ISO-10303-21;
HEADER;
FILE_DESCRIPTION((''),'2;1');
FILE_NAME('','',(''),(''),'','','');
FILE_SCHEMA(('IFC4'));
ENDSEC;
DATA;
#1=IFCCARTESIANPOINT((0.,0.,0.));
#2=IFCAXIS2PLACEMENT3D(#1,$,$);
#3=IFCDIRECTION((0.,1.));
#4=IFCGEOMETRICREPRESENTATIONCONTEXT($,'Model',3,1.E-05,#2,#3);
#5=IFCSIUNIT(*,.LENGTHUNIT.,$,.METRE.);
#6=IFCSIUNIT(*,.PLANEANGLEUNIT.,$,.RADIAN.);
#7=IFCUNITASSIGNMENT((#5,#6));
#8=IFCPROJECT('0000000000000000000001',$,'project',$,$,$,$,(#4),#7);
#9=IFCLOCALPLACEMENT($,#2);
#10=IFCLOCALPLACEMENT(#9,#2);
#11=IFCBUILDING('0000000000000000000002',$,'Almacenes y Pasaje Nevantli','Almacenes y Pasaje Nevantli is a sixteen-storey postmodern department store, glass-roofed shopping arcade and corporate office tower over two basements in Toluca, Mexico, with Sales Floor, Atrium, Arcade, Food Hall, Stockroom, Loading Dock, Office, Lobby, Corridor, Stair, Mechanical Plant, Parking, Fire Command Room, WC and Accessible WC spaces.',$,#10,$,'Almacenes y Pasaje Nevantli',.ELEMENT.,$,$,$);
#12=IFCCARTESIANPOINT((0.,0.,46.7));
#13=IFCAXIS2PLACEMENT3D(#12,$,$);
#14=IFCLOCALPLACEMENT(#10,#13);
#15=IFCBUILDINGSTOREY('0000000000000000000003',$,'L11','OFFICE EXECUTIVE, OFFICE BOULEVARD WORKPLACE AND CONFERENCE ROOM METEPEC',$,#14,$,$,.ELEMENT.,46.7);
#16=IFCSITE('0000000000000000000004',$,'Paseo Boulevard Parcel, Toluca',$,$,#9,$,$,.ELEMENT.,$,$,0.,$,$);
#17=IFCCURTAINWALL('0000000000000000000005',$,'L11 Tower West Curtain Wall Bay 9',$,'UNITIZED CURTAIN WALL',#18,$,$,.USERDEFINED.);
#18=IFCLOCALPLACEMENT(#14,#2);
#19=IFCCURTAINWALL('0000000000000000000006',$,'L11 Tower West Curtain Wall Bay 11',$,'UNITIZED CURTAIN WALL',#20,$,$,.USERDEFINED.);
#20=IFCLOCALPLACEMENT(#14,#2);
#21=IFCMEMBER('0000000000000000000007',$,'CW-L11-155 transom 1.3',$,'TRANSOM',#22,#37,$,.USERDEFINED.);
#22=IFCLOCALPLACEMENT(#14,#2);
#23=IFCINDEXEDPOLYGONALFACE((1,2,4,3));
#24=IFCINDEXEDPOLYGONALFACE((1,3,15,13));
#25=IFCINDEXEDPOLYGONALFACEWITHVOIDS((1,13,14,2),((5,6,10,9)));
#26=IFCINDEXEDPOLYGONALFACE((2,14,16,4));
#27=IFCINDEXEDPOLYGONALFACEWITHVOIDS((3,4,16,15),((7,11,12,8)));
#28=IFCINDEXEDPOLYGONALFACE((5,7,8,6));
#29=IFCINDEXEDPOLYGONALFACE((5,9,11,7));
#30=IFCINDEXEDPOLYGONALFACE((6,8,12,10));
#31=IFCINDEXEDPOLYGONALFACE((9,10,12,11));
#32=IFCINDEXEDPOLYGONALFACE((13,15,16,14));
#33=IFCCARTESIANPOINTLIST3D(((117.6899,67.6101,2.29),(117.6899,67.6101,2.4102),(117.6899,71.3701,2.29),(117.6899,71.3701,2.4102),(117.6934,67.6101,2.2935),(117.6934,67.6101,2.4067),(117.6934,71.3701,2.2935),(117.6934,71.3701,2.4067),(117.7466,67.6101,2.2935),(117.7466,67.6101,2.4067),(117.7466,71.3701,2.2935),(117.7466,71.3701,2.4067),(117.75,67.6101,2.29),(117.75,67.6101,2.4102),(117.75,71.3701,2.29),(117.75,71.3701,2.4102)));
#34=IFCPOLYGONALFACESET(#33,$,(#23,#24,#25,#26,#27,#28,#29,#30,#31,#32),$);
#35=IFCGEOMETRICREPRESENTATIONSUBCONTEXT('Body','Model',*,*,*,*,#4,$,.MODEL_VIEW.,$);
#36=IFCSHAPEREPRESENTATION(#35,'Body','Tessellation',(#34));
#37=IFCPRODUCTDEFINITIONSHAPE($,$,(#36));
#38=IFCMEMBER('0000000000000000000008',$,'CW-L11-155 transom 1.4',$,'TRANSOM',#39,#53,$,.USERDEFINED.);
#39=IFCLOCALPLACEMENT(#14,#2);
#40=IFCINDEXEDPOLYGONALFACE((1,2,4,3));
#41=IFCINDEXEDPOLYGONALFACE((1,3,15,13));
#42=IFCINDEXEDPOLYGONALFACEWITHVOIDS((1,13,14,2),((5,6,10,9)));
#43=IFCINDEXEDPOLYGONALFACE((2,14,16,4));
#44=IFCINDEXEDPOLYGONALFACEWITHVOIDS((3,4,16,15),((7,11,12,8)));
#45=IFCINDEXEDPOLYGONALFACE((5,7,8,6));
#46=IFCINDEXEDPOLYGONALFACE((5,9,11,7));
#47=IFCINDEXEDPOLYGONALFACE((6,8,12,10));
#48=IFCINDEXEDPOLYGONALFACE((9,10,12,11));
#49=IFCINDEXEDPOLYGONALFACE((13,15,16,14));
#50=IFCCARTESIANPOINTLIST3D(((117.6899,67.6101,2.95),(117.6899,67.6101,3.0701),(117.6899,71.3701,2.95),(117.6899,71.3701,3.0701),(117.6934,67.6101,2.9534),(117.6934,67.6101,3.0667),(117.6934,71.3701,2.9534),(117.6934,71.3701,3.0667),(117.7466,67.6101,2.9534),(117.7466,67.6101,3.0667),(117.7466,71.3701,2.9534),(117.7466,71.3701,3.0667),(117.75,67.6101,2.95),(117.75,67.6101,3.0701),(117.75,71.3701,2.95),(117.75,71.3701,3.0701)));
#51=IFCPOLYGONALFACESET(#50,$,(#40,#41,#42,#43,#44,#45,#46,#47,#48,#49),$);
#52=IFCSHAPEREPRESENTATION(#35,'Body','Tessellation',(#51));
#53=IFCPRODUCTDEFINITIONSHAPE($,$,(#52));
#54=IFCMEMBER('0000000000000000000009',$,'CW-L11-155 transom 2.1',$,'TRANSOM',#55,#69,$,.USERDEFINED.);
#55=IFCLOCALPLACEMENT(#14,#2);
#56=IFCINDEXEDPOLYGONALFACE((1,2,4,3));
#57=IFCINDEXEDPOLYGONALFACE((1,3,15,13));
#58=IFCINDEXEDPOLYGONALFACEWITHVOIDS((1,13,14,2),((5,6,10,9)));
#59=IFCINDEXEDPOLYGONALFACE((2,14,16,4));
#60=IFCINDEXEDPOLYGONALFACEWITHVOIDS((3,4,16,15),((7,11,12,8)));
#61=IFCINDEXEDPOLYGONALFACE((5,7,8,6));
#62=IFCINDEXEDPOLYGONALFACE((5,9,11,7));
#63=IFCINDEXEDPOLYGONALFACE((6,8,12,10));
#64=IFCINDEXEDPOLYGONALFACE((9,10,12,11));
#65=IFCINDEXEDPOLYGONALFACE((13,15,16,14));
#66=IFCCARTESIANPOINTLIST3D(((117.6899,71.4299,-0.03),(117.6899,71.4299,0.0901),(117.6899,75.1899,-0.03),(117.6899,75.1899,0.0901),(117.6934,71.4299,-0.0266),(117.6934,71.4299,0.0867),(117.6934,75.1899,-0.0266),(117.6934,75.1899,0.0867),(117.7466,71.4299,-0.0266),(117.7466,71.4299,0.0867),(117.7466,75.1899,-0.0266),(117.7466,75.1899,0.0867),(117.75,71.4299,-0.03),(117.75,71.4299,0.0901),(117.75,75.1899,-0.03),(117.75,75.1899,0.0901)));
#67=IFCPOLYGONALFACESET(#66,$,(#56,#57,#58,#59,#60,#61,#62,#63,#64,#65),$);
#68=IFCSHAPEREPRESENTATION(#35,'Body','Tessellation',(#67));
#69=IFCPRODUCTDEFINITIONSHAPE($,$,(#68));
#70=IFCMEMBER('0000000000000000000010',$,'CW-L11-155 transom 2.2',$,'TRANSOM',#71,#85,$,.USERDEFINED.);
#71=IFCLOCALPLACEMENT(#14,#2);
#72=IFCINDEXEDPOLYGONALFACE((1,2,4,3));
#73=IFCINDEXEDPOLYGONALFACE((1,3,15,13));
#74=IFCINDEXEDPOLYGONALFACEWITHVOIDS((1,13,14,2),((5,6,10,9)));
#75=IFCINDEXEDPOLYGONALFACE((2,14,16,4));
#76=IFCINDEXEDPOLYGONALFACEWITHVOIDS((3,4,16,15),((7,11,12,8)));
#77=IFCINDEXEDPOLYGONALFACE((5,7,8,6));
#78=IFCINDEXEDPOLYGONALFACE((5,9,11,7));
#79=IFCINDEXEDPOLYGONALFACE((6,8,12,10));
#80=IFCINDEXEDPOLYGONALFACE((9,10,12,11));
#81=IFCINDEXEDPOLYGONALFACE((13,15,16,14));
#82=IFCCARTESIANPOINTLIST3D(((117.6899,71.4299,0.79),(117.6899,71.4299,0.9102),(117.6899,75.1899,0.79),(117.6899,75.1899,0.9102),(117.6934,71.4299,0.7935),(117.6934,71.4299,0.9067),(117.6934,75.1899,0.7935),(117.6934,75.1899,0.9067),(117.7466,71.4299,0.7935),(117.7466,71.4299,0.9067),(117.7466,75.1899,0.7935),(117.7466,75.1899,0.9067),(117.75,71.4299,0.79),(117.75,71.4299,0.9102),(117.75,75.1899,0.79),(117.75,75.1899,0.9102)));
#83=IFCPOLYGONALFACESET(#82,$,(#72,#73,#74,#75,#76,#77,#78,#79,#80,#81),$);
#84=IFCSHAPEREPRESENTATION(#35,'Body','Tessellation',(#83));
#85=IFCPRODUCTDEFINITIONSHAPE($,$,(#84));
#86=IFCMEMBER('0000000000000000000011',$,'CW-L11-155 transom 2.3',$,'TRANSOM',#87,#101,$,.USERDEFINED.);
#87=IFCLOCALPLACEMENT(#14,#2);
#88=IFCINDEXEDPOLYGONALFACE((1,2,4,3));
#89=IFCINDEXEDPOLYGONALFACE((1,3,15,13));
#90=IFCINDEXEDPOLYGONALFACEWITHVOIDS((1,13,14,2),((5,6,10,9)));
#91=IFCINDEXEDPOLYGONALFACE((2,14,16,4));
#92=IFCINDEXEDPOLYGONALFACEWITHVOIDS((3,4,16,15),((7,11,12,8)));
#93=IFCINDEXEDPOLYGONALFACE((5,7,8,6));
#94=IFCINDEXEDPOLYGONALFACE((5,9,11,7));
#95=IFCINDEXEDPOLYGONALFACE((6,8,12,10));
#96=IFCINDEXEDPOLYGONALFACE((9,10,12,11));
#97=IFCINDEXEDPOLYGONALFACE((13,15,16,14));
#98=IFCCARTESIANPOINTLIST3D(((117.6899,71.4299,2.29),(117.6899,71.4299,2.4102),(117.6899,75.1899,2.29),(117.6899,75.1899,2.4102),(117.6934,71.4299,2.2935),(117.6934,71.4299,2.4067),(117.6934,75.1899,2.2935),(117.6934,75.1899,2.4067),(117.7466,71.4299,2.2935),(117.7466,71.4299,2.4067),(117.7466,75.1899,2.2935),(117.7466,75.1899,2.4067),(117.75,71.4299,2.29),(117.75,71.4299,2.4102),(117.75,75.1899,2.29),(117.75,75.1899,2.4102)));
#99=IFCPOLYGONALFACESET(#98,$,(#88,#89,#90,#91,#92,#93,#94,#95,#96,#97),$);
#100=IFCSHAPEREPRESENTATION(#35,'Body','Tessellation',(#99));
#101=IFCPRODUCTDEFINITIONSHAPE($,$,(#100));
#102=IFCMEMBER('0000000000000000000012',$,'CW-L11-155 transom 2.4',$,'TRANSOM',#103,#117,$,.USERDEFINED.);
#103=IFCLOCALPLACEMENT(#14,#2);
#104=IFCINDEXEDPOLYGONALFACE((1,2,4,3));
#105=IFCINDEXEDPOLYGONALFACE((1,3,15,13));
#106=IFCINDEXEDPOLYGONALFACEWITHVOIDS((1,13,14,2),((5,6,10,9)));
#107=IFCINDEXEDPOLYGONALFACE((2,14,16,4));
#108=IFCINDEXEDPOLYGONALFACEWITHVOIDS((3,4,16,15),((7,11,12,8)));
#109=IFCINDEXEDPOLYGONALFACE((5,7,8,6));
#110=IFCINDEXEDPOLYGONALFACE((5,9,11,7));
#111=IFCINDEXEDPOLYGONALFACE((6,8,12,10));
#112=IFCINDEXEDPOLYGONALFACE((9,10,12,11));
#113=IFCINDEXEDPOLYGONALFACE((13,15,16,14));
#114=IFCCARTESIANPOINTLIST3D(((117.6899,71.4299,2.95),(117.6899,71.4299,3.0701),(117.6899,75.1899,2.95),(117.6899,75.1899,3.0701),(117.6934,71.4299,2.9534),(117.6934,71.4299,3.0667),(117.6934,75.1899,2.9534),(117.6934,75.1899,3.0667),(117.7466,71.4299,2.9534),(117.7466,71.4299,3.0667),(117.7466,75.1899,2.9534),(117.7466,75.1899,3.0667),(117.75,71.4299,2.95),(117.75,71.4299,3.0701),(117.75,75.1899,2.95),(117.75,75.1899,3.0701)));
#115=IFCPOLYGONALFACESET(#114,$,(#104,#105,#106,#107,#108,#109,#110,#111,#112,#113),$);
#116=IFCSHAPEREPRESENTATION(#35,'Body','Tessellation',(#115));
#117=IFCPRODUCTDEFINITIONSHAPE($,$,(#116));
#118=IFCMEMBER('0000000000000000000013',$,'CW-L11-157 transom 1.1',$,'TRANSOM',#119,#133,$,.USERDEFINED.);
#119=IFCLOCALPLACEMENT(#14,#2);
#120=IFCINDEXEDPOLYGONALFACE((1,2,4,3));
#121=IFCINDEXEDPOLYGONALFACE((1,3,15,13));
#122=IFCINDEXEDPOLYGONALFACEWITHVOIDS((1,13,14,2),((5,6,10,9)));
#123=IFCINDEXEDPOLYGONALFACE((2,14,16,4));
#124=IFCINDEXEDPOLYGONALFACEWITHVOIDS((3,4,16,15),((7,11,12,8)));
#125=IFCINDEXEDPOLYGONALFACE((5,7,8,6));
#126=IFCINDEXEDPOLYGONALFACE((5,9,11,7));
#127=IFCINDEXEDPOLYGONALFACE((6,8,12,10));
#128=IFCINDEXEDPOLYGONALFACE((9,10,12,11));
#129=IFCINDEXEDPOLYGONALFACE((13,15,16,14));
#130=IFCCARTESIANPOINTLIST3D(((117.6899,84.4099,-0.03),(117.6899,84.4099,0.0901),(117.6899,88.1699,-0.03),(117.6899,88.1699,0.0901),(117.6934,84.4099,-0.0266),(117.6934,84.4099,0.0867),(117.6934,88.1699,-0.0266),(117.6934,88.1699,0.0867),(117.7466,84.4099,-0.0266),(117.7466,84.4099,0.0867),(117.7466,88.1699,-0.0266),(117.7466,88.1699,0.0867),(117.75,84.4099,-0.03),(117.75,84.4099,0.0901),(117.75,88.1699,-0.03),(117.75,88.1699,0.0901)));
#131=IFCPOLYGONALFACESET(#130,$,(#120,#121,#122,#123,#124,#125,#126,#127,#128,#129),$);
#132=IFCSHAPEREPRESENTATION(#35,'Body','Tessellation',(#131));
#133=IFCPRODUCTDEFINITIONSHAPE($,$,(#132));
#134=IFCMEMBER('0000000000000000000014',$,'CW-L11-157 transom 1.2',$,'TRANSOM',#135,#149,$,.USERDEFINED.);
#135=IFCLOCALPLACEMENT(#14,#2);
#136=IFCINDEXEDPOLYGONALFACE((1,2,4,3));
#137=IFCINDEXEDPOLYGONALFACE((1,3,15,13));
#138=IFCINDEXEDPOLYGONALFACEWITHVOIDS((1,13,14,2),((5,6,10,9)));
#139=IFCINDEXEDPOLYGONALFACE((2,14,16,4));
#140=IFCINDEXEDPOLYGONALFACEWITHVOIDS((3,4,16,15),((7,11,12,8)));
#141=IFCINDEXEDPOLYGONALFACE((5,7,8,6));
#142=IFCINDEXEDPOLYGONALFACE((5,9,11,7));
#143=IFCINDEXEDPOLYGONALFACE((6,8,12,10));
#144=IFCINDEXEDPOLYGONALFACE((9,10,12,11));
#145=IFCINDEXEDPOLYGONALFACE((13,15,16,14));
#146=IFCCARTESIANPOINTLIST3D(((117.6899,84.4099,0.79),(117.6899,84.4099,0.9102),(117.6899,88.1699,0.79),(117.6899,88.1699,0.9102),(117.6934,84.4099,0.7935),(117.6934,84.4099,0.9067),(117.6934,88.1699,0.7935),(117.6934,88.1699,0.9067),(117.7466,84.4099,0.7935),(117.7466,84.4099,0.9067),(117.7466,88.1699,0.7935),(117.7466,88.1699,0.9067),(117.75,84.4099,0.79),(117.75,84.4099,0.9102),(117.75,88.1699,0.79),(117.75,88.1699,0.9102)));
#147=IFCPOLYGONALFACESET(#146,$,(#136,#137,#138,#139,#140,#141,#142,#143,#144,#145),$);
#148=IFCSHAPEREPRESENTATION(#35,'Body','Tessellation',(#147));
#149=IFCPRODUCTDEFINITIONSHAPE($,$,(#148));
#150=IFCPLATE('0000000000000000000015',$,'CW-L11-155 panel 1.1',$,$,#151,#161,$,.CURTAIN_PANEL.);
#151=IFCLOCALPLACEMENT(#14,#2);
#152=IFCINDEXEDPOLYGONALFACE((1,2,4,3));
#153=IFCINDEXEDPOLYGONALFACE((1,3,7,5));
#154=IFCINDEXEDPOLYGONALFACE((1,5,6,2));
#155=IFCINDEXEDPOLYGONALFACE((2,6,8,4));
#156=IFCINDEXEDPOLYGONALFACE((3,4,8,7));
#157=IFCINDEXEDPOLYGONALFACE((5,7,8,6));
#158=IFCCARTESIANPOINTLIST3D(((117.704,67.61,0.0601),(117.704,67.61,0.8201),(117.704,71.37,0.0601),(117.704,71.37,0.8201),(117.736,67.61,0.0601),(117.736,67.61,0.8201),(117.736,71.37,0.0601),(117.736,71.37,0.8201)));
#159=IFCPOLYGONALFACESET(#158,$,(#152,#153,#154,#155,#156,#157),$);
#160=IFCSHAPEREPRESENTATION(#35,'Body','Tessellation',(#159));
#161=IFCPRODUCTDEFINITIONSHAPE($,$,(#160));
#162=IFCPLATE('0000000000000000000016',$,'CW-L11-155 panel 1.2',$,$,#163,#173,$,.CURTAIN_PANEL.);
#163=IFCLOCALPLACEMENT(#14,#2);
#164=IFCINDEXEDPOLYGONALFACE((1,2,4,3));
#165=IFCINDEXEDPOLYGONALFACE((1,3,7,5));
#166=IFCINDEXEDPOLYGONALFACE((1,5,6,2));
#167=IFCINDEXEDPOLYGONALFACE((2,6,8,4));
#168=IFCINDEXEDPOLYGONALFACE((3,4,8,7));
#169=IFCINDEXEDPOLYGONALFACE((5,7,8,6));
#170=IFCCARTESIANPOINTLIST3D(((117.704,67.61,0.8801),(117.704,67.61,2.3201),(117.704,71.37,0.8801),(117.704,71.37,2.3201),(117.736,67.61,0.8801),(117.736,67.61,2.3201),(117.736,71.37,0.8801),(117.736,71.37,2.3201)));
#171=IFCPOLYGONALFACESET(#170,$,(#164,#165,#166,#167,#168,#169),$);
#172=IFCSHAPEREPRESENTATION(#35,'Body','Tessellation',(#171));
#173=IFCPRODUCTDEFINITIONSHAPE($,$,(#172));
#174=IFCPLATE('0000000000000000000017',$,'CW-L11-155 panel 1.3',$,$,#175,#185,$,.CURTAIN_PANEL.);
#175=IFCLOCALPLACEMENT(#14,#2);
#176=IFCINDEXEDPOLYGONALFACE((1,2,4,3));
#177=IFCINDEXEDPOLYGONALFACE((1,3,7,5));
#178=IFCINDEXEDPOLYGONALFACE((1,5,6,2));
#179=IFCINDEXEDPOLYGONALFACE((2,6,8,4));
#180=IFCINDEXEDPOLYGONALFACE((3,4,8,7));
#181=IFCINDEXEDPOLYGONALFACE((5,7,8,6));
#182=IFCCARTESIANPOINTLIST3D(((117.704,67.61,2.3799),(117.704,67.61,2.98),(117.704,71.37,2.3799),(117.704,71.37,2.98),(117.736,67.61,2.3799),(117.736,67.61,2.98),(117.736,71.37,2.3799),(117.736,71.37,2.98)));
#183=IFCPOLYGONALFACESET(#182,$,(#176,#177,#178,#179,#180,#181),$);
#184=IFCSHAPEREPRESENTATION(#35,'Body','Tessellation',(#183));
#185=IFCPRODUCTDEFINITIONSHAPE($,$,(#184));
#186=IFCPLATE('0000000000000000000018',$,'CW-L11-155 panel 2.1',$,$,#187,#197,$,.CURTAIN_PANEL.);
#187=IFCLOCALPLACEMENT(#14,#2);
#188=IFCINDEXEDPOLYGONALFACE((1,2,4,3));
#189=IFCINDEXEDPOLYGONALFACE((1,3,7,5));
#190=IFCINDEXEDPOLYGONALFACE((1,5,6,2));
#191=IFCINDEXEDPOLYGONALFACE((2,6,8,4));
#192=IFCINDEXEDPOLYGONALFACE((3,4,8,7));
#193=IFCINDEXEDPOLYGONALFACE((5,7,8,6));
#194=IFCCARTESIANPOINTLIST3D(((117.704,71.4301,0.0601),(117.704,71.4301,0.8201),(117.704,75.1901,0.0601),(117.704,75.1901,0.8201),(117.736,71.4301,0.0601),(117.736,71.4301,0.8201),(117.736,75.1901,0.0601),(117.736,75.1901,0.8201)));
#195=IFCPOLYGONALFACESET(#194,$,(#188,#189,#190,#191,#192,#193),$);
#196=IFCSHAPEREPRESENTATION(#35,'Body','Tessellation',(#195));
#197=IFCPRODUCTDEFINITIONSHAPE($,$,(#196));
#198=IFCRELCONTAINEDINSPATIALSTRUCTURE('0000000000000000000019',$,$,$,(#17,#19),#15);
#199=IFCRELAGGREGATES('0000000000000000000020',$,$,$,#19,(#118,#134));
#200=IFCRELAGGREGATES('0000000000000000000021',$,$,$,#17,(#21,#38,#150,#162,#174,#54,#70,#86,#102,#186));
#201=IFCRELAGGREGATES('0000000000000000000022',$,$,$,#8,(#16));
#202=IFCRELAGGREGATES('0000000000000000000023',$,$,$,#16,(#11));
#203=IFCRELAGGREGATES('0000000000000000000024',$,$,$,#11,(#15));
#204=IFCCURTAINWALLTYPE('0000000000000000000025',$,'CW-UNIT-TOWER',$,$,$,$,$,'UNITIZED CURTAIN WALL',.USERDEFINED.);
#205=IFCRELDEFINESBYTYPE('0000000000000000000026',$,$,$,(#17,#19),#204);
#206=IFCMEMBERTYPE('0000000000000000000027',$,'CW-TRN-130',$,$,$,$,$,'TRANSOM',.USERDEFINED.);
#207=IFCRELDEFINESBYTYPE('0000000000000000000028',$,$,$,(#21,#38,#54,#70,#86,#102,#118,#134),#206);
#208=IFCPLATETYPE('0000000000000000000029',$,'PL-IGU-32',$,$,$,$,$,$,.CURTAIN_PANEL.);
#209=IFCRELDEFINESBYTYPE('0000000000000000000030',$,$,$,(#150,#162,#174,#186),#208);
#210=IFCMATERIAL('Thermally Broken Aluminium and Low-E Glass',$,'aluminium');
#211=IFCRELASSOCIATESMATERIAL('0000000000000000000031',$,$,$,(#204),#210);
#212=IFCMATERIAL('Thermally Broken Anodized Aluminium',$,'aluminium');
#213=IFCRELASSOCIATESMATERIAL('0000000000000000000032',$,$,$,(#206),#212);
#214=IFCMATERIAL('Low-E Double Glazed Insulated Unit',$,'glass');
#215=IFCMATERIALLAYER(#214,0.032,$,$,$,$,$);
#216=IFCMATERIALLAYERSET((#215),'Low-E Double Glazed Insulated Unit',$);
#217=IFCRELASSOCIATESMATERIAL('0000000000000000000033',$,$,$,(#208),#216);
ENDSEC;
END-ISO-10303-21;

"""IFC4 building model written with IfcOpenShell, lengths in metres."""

from ifc_helpers import new_model, si_unit, direction, frame, origin, origin_2d, place, context, subcontext, project, spatial, rectangle, hollow_rectangle, extrude, material, layer, layer_set, material_profile, profile_set, type_object, element, aggregate, save


model = new_model("IFC4")

# Units and contexts
model_context = context("Model", 3, precision=1e-05, world=origin(), true_north=direction((0.0, 1.0)))
body_context = subcontext(model_context, "Body", "Model", "MODEL_VIEW")
ifc_project = project(units=[si_unit("LENGTHUNIT", "METRE"), si_unit("PLANEANGLEUNIT", "RADIAN")], contexts=[model_context])

# Site, building, storey
site_placement = place(None, origin())
site = spatial("IfcSite", under=ifc_project, at=site_placement, Name="Paseo Boulevard Parcel, Toluca", CompositionType="ELEMENT", RefElevation=0.0)
building_placement = place(site_placement, origin())
building = spatial("IfcBuilding", under=site, at=building_placement, Name="Almacenes y Pasaje Nevantli", Description="Almacenes y Pasaje Nevantli is a sixteen-storey postmodern department store, glass-roofed shopping arcade and corporate office tower over two basements in Toluca, Mexico, with Sales Floor, Atrium, Arcade, Food Hall, Stockroom, Loading Dock, Office, Lobby, Corridor, Stair, Mechanical Plant, Parking, Fire Command Room, WC and Accessible WC spaces.", LongName="Almacenes y Pasaje Nevantli", CompositionType="ELEMENT")
storey_placement = place(building_placement, frame((0.0, 0.0, 46.7)))
storey = spatial("IfcBuildingStorey", under=building, at=storey_placement, Name="L11", Description="OFFICE EXECUTIVE, OFFICE BOULEVARD WORKPLACE AND CONFERENCE ROOM METEPEC", CompositionType="ELEMENT", Elevation=46.7)

# Curtain walls
ifc_material_1 = material(Name="Thermally Broken Aluminium and Low-E Glass", Category="aluminium")
curtain_wall_type = type_object("IfcCurtainWallType", Name="CW-UNIT-TOWER", ElementType="UNITIZED CURTAIN WALL", PredefinedType="USERDEFINED", material=ifc_material_1)
curtain_wall_1_placement = place(storey_placement, origin())
curtain_wall_1 = element("IfcCurtainWall", 1, at=curtain_wall_1_placement, inside=storey, type_object=curtain_wall_type, Name="L11 Tower West Curtain Wall Bay 9", ObjectType="UNITIZED CURTAIN WALL", PredefinedType="USERDEFINED")
curtain_wall_2_placement = place(storey_placement, origin())
curtain_wall_2 = element("IfcCurtainWall", 2, at=curtain_wall_2_placement, inside=storey, type_object=curtain_wall_type, Name="L11 Tower West Curtain Wall Bay 11", ObjectType="UNITIZED CURTAIN WALL", PredefinedType="USERDEFINED")

# Members
ifc_material_2 = material(Name="Thermally Broken Anodized Aluminium", Category="aluminium")
ifc_material_profile_1 = material_profile(ifc_material_2, hollow_rectangle(XDim=0.0601, YDim=0.1201, WallThickness=0.0034, at=origin_2d()), Name="ALU-TRN-60x120")
ifc_profile_set_1 = profile_set([ifc_material_profile_1], Name="Thermally Broken Anodized Aluminium")
member_type_1 = type_object("IfcMemberType", Name="CW-TRN-130", ElementType="TRANSOM", PredefinedType="USERDEFINED", material=ifc_profile_set_1)
member_1_placement = place(storey_placement, frame((117.72, 67.6101, 2.3501), z_axis=(0.0, 1.0, 0.0), x_axis=(-1.0, 0.0, 0.0)))
member_1 = element("IfcMember", 3, at=member_1_placement, type_object=member_type_1, Name="CW-L11-155 transom 1.3", ObjectType="TRANSOM", PredefinedType="USERDEFINED", context=body_context, shape_type="SweptSolid", body=[
    extrude(hollow_rectangle(XDim=0.0601, YDim=0.1201, WallThickness=0.0034, at=origin_2d()), origin(), (0.0, 0.0, 1.0), 3.76),
])
member_2_placement = place(storey_placement, frame((117.72, 67.6101, 3.01), z_axis=(0.0, 1.0, 0.0), x_axis=(-1.0, 0.0, 0.0)))
member_2 = element("IfcMember", 4, at=member_2_placement, type_object=member_type_1, Name="CW-L11-155 transom 1.4", ObjectType="TRANSOM", PredefinedType="USERDEFINED", context=body_context, shape_type="SweptSolid", body=[
    extrude(hollow_rectangle(XDim=0.0601, YDim=0.1201, WallThickness=0.0034, at=origin_2d()), origin(), (0.0, 0.0, 1.0), 3.76),
])
member_3_placement = place(storey_placement, frame((117.72, 71.4299, 0.03), z_axis=(0.0, 1.0, 0.0), x_axis=(-1.0, 0.0, 0.0)))
member_3 = element("IfcMember", 5, at=member_3_placement, type_object=member_type_1, Name="CW-L11-155 transom 2.1", ObjectType="TRANSOM", PredefinedType="USERDEFINED", context=body_context, shape_type="SweptSolid", body=[
    extrude(hollow_rectangle(XDim=0.0601, YDim=0.1201, WallThickness=0.0034, at=origin_2d()), origin(), (0.0, 0.0, 1.0), 3.76),
])
member_4_placement = place(storey_placement, frame((117.72, 71.4299, 0.8501), z_axis=(0.0, 1.0, 0.0), x_axis=(-1.0, 0.0, 0.0)))
member_4 = element("IfcMember", 6, at=member_4_placement, type_object=member_type_1, Name="CW-L11-155 transom 2.2", ObjectType="TRANSOM", PredefinedType="USERDEFINED", context=body_context, shape_type="SweptSolid", body=[
    extrude(hollow_rectangle(XDim=0.0601, YDim=0.1201, WallThickness=0.0034, at=origin_2d()), origin(), (0.0, 0.0, 1.0), 3.76),
])
member_5_placement = place(storey_placement, frame((117.72, 71.4299, 2.3501), z_axis=(0.0, 1.0, 0.0), x_axis=(-1.0, 0.0, 0.0)))
member_5 = element("IfcMember", 7, at=member_5_placement, type_object=member_type_1, Name="CW-L11-155 transom 2.3", ObjectType="TRANSOM", PredefinedType="USERDEFINED", context=body_context, shape_type="SweptSolid", body=[
    extrude(hollow_rectangle(XDim=0.0601, YDim=0.1201, WallThickness=0.0034, at=origin_2d()), origin(), (0.0, 0.0, 1.0), 3.76),
])
member_6_placement = place(storey_placement, frame((117.72, 71.4299, 3.01), z_axis=(0.0, 1.0, 0.0), x_axis=(-1.0, 0.0, 0.0)))
member_6 = element("IfcMember", 8, at=member_6_placement, type_object=member_type_1, Name="CW-L11-155 transom 2.4", ObjectType="TRANSOM", PredefinedType="USERDEFINED", context=body_context, shape_type="SweptSolid", body=[
    extrude(hollow_rectangle(XDim=0.0601, YDim=0.1201, WallThickness=0.0034, at=origin_2d()), origin(), (0.0, 0.0, 1.0), 3.76),
])
member_7_placement = place(storey_placement, frame((117.72, 84.4099, 0.03), z_axis=(0.0, 1.0, 0.0), x_axis=(-1.0, 0.0, 0.0)))
member_7 = element("IfcMember", 9, at=member_7_placement, type_object=member_type_1, Name="CW-L11-157 transom 1.1", ObjectType="TRANSOM", PredefinedType="USERDEFINED", context=body_context, shape_type="SweptSolid", body=[
    extrude(hollow_rectangle(XDim=0.0601, YDim=0.1201, WallThickness=0.0034, at=origin_2d()), origin(), (0.0, 0.0, 1.0), 3.76),
])
member_8_placement = place(storey_placement, frame((117.72, 84.4099, 0.8501), z_axis=(0.0, 1.0, 0.0), x_axis=(-1.0, 0.0, 0.0)))
member_8 = element("IfcMember", 10, at=member_8_placement, type_object=member_type_1, Name="CW-L11-157 transom 1.2", ObjectType="TRANSOM", PredefinedType="USERDEFINED", context=body_context, shape_type="SweptSolid", body=[
    extrude(hollow_rectangle(XDim=0.0601, YDim=0.1201, WallThickness=0.0034, at=origin_2d()), origin(), (0.0, 0.0, 1.0), 3.76),
])
aggregate(curtain_wall_2, [member_7, member_8])

# Plates
ifc_material_3 = material(Name="Low-E Double Glazed Insulated Unit", Category="glass")
ifc_layer = layer(ifc_material_3, 0.032)
ifc_layer_set = layer_set([ifc_layer], Name="Low-E Double Glazed Insulated Unit")
plate_type = type_object("IfcPlateType", Name="PL-IGU-32", PredefinedType="CURTAIN_PANEL", material=ifc_layer_set)
plate_1_placement = place(storey_placement, frame((117.72, 69.49, 0.0601), z_axis=(0.0, 0.0, 1.0), x_axis=(0.0, 1.0, 0.0)))
plate_1 = element("IfcPlate", 11, at=plate_1_placement, type_object=plate_type, Name="CW-L11-155 panel 1.1", PredefinedType="CURTAIN_PANEL", context=body_context, shape_type="SweptSolid", body=[
    extrude(rectangle(XDim=3.76, YDim=0.032, at=origin_2d()), origin(), (0.0, 0.0, 1.0), 0.76),
])
plate_2_placement = place(storey_placement, frame((117.72, 69.49, 0.8801), z_axis=(0.0, 0.0, 1.0), x_axis=(0.0, 1.0, 0.0)))
plate_2 = element("IfcPlate", 12, at=plate_2_placement, type_object=plate_type, Name="CW-L11-155 panel 1.2", PredefinedType="CURTAIN_PANEL", context=body_context, shape_type="SweptSolid", body=[
    extrude(rectangle(XDim=3.76, YDim=0.032, at=origin_2d()), origin(), (0.0, 0.0, 1.0), 1.4399),
])
plate_3_placement = place(storey_placement, frame((117.72, 69.49, 2.3799), z_axis=(0.0, 0.0, 1.0), x_axis=(0.0, 1.0, 0.0)))
plate_3 = element("IfcPlate", 13, at=plate_3_placement, type_object=plate_type, Name="CW-L11-155 panel 1.3", PredefinedType="CURTAIN_PANEL", context=body_context, shape_type="SweptSolid", body=[
    extrude(rectangle(XDim=3.76, YDim=0.032, at=origin_2d()), origin(), (0.0, 0.0, 1.0), 0.6001),
])
plate_4_placement = place(storey_placement, frame((117.72, 73.3101, 0.0601), z_axis=(0.0, 0.0, 1.0), x_axis=(0.0, 1.0, 0.0)))
plate_4 = element("IfcPlate", 14, at=plate_4_placement, type_object=plate_type, Name="CW-L11-155 panel 2.1", PredefinedType="CURTAIN_PANEL", context=body_context, shape_type="SweptSolid", body=[
    extrude(rectangle(XDim=3.76, YDim=0.032, at=origin_2d()), origin(), (0.0, 0.0, 1.0), 0.76),
])
aggregate(curtain_wall_1, [member_1, member_2, plate_1, plate_2, plate_3, member_3, member_4, member_5, member_6, plate_4])

save(model, "model.ifc")
